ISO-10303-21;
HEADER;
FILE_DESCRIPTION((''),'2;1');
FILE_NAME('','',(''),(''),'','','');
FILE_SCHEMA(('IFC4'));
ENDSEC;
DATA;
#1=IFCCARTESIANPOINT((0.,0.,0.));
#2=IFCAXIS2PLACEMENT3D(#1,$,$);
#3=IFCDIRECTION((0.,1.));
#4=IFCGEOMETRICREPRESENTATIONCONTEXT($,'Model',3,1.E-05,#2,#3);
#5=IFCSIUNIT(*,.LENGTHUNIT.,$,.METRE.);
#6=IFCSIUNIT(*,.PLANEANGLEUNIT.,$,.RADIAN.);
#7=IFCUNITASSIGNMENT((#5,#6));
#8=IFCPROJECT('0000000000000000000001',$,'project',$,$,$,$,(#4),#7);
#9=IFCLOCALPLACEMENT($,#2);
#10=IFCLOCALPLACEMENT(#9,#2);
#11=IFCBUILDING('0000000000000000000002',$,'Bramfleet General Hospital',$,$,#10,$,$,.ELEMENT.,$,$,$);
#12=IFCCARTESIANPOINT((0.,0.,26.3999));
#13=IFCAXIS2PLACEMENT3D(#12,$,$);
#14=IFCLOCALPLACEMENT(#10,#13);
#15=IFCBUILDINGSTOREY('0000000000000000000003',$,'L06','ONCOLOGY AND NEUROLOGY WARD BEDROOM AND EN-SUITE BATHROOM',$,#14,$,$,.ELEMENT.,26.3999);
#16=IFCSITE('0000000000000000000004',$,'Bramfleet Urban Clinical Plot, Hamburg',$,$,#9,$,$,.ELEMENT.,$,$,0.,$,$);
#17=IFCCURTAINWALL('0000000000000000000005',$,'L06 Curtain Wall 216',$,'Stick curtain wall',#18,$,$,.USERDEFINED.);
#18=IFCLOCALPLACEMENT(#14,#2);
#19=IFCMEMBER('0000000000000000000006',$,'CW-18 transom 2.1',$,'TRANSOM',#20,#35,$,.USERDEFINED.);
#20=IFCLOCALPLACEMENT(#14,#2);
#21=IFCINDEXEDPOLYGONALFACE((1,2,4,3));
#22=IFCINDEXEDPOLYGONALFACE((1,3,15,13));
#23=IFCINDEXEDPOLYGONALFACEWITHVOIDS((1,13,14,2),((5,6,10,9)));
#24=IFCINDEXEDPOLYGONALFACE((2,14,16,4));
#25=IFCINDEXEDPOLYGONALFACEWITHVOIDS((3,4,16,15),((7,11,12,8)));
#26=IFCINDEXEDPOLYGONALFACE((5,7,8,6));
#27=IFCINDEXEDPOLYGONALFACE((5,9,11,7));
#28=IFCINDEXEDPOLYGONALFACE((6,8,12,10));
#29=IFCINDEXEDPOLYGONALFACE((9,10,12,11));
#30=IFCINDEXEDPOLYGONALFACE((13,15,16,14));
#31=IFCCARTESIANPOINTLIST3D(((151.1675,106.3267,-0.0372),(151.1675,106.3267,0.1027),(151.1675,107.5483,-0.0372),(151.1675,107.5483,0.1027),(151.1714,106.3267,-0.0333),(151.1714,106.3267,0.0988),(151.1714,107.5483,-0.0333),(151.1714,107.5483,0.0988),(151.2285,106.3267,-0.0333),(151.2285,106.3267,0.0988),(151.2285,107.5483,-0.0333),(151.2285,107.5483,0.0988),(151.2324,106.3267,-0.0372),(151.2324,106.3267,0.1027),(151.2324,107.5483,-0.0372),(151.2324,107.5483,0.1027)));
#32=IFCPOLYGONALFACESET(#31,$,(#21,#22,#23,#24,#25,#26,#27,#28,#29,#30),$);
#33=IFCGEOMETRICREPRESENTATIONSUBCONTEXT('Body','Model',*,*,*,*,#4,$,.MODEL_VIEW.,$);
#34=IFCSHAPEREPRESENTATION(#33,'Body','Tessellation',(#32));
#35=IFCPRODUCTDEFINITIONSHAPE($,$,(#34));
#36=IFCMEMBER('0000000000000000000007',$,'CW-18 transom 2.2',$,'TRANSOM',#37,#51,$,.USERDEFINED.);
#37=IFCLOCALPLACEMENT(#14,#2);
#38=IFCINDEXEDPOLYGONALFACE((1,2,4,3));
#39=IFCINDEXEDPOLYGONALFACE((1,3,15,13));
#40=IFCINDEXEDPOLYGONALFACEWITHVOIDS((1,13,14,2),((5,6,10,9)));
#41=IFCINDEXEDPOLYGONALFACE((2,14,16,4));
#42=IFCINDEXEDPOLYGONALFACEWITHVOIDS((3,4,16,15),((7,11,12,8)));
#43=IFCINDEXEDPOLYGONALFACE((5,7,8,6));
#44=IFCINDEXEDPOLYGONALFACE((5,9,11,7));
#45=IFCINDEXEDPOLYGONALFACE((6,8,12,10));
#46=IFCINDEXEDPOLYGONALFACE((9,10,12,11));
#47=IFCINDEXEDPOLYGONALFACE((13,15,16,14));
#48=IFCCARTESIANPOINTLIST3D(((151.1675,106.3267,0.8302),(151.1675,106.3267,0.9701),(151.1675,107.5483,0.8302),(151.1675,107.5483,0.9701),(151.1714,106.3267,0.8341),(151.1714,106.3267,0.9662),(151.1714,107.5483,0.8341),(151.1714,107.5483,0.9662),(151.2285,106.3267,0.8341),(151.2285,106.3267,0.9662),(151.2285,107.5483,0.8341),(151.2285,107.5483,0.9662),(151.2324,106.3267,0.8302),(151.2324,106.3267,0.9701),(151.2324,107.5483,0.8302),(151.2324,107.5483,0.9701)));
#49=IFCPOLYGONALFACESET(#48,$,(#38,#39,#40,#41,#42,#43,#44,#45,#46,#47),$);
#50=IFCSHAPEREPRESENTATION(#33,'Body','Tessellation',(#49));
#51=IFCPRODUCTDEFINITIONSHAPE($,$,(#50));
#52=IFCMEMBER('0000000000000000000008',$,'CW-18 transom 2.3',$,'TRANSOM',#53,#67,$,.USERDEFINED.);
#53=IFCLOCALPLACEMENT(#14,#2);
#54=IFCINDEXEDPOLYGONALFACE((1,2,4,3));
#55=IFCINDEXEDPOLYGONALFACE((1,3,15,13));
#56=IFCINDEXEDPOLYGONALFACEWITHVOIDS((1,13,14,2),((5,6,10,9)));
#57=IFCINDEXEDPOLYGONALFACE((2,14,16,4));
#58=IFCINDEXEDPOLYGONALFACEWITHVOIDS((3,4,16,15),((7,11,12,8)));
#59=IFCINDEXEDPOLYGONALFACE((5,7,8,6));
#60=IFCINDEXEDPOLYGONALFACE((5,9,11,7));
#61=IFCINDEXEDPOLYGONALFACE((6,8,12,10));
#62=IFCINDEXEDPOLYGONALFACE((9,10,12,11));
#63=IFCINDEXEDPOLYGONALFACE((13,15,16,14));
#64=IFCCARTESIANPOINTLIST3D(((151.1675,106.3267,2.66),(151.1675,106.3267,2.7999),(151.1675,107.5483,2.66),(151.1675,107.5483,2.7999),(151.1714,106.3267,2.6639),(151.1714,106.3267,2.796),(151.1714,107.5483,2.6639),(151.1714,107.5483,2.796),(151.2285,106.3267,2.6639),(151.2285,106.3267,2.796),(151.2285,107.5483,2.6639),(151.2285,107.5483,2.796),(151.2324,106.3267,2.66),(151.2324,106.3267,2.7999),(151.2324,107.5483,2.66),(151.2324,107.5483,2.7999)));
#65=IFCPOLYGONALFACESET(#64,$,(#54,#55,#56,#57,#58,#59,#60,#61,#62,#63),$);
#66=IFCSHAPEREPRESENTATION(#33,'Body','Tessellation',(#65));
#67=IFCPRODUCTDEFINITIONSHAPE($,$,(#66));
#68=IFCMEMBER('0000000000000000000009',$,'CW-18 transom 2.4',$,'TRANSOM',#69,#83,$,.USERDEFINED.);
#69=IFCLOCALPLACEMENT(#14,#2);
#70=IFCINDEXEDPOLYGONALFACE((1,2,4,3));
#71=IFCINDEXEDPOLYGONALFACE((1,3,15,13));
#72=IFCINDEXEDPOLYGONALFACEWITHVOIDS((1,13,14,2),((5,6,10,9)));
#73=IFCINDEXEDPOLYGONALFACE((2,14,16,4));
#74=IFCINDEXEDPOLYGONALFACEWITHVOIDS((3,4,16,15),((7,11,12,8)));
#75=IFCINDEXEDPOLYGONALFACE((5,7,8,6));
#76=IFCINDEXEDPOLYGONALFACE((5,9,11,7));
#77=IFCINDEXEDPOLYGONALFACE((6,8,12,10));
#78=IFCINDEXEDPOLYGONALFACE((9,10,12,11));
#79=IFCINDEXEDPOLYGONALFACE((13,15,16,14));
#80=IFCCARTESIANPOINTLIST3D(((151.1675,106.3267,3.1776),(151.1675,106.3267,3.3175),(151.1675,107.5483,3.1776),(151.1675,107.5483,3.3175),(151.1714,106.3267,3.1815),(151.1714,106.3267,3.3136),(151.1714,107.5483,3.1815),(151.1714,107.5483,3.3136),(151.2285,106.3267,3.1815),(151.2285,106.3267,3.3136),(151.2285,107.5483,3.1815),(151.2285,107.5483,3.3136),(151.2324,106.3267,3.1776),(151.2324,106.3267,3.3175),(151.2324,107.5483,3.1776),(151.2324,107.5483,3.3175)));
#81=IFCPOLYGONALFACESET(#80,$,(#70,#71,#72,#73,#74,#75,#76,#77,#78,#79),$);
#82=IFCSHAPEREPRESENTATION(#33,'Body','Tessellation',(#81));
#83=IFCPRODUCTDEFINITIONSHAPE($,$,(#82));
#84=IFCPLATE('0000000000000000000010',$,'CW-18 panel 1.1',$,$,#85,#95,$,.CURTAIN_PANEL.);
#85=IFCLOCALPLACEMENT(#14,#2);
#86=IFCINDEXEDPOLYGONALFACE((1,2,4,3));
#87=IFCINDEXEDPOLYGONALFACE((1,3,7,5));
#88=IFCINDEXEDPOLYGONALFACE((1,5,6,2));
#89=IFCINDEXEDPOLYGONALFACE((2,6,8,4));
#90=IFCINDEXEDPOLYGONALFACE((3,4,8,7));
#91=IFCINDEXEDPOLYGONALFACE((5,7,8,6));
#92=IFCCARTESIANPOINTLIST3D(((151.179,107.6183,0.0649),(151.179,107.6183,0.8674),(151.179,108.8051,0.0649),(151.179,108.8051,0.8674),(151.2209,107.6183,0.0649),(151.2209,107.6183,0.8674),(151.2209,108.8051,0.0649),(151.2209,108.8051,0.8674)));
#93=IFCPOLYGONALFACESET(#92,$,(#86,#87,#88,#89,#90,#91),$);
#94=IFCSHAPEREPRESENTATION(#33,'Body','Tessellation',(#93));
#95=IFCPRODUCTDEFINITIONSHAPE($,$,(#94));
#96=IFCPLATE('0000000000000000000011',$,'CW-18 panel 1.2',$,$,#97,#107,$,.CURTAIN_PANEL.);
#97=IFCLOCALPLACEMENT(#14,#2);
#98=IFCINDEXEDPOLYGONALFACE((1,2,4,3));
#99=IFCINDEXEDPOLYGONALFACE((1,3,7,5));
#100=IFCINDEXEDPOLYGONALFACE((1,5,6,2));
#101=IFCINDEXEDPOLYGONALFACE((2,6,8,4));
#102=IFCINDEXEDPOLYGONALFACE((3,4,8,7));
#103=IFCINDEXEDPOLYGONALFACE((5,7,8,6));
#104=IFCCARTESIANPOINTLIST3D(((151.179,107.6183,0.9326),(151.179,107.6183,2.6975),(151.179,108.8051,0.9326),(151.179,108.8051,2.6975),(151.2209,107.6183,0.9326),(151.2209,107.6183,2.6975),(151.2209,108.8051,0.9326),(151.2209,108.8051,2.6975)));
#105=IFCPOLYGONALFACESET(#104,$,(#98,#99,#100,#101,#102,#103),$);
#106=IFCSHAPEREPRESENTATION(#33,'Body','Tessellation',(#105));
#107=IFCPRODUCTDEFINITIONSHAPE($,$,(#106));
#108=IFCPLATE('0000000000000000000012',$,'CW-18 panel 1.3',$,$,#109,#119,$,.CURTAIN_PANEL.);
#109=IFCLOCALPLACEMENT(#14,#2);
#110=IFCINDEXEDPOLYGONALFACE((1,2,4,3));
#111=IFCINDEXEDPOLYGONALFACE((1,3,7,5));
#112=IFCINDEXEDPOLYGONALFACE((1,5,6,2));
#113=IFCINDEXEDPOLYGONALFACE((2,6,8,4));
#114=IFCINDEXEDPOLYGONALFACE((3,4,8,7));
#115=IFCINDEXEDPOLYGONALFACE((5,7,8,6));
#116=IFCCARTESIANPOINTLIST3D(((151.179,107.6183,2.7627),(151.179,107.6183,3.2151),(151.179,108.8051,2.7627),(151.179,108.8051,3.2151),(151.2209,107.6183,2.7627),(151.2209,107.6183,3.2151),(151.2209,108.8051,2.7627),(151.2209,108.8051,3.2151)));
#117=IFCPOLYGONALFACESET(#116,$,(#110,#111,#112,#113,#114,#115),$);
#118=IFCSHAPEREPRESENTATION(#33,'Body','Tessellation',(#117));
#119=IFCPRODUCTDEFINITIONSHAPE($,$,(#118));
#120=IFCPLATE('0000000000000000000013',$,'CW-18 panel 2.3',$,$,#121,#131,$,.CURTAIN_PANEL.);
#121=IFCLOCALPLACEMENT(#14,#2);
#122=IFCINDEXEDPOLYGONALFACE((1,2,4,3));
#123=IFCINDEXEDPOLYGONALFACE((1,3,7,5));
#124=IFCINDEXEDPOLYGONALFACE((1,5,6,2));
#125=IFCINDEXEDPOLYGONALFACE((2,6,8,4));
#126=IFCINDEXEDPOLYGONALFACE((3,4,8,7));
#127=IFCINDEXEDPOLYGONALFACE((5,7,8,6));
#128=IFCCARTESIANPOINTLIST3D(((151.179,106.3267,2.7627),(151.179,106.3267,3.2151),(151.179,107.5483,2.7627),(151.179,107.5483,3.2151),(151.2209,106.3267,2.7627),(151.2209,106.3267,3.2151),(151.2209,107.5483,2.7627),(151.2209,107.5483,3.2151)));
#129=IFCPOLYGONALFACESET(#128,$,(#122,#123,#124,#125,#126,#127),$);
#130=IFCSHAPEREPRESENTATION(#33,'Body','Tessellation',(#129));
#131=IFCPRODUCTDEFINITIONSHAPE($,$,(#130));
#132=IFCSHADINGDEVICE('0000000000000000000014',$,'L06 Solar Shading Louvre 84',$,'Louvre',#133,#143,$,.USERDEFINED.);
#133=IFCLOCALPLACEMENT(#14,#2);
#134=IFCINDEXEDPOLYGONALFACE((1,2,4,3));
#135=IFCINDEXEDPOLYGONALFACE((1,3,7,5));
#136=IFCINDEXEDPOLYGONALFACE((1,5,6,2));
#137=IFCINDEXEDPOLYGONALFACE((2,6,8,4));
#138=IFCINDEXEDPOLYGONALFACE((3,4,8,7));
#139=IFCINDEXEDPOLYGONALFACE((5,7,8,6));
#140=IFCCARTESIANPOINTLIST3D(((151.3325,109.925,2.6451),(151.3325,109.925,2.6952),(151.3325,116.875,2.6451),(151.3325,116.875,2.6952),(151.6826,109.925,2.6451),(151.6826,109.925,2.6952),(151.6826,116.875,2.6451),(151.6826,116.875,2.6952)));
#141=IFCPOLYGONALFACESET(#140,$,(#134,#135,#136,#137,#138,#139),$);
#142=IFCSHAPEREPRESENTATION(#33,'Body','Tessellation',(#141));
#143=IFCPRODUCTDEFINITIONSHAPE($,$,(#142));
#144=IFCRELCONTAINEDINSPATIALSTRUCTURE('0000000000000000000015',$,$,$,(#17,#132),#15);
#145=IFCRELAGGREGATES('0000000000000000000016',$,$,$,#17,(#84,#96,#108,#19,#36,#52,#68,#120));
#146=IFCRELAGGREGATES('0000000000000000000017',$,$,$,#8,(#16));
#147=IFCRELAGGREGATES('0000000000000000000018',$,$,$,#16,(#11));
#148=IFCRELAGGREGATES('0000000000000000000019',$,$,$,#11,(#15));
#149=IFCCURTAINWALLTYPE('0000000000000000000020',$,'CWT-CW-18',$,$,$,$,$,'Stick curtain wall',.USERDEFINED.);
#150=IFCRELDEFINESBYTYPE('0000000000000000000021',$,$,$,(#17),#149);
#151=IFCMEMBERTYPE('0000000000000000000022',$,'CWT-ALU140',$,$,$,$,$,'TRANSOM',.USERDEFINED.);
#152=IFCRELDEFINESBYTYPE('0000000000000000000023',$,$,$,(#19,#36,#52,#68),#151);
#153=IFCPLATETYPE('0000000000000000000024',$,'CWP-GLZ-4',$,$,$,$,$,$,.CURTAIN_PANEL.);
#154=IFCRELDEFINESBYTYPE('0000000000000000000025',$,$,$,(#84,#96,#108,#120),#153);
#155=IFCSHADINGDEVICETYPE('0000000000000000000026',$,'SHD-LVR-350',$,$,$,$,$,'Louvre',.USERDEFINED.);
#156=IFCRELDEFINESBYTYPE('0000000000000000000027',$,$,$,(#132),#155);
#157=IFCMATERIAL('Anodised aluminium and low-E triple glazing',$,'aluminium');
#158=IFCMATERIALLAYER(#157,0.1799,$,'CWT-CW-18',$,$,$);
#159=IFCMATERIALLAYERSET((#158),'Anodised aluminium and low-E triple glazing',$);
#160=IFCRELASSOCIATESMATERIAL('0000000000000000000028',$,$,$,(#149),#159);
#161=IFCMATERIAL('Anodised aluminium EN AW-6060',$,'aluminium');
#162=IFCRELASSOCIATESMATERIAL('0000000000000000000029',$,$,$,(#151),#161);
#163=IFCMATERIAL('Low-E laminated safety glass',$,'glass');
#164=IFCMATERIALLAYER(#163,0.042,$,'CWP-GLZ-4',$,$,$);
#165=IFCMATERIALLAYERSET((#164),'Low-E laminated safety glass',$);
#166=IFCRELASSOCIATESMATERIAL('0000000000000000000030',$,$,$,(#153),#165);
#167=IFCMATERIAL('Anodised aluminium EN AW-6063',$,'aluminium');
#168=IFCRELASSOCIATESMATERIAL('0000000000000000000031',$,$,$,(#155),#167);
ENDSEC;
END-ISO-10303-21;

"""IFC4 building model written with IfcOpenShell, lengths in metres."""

from ifc_helpers import new_model, si_unit, direction, frame, origin, origin_2d, place, context, subcontext, project, spatial, rectangle, hollow_rectangle, extrude, material, layer, layer_set, material_profile, profile_set, type_object, element, aggregate, save


model = new_model("IFC4")

# Units and contexts
model_context = context("Model", 3, precision=1e-05, world=origin(), true_north=direction((0.0, 1.0)))
body_context = subcontext(model_context, "Body", "Model", "MODEL_VIEW")
ifc_project = project(units=[si_unit("LENGTHUNIT", "METRE"), si_unit("PLANEANGLEUNIT", "RADIAN")], contexts=[model_context])

# Site, building, storey
site_placement = place(None, origin())
site = spatial("IfcSite", under=ifc_project, at=site_placement, Name="Bramfleet Urban Clinical Plot, Hamburg", CompositionType="ELEMENT", RefElevation=0.0)
building_placement = place(site_placement, origin())
building = spatial("IfcBuilding", under=site, at=building_placement, Name="Bramfleet General Hospital", CompositionType="ELEMENT")
storey_placement = place(building_placement, frame((0.0, 0.0, 26.3999)))
storey = spatial("IfcBuildingStorey", under=building, at=storey_placement, Name="L06", Description="ONCOLOGY AND NEUROLOGY WARD BEDROOM AND EN-SUITE BATHROOM", CompositionType="ELEMENT", Elevation=26.3999)

# Curtain wall, members, plates
ifc_material_1 = material(Name="Anodised aluminium and low-E triple glazing", Category="aluminium")
ifc_layer_1 = layer(ifc_material_1, 0.1799, Name="CWT-CW-18")
ifc_layer_set_1 = layer_set([ifc_layer_1], Name="Anodised aluminium and low-E triple glazing")
curtain_wall_type = type_object("IfcCurtainWallType", Name="CWT-CW-18", ElementType="Stick curtain wall", PredefinedType="USERDEFINED", material=ifc_layer_set_1)
curtain_wall_placement = place(storey_placement, origin())
curtain_wall = element("IfcCurtainWall", 1, at=curtain_wall_placement, inside=storey, type_object=curtain_wall_type, Name="L06 Curtain Wall 216", ObjectType="Stick curtain wall", PredefinedType="USERDEFINED")
ifc_material_2 = material(Name="Anodised aluminium EN AW-6060", Category="aluminium")
ifc_material_profile_1 = material_profile(ifc_material_2, hollow_rectangle(XDim=0.0649, YDim=0.1399, WallThickness=0.0039, at=origin_2d()), Name="ALU 140x65x4.0")
ifc_profile_set_1 = profile_set([ifc_material_profile_1], Name="Anodised aluminium EN AW-6060")
member_type_1 = type_object("IfcMemberType", Name="CWT-ALU140", ElementType="TRANSOM", PredefinedType="USERDEFINED", material=ifc_profile_set_1)
member_1_placement = place(storey_placement, frame((151.2, 107.5483, 0.0327), z_axis=(0.0, -1.0, 0.0), x_axis=(1.0, 0.0, 0.0)))
member_1 = element("IfcMember", 2, at=member_1_placement, type_object=member_type_1, Name="CW-18 transom 2.1", ObjectType="TRANSOM", PredefinedType="USERDEFINED", context=body_context, shape_type="SweptSolid", body=[
    extrude(hollow_rectangle(XDim=0.0649, YDim=0.1399, WallThickness=0.0039, at=origin_2d()), origin(), (0.0, 0.0, 1.0), 1.2217),
])
member_2_placement = place(storey_placement, frame((151.2, 107.5483, 0.9001), z_axis=(0.0, -1.0, 0.0), x_axis=(1.0, 0.0, 0.0)))
member_2 = element("IfcMember", 3, at=member_2_placement, type_object=member_type_1, Name="CW-18 transom 2.2", ObjectType="TRANSOM", PredefinedType="USERDEFINED", context=body_context, shape_type="SweptSolid", body=[
    extrude(hollow_rectangle(XDim=0.0649, YDim=0.1399, WallThickness=0.0039, at=origin_2d()), origin(), (0.0, 0.0, 1.0), 1.2217),
])
member_3_placement = place(storey_placement, frame((151.2, 107.5483, 2.73), z_axis=(0.0, -1.0, 0.0), x_axis=(1.0, 0.0, 0.0)))
member_3 = element("IfcMember", 4, at=member_3_placement, type_object=member_type_1, Name="CW-18 transom 2.3", ObjectType="TRANSOM", PredefinedType="USERDEFINED", context=body_context, shape_type="SweptSolid", body=[
    extrude(hollow_rectangle(XDim=0.0649, YDim=0.1399, WallThickness=0.0039, at=origin_2d()), origin(), (0.0, 0.0, 1.0), 1.2217),
])
member_4_placement = place(storey_placement, frame((151.2, 107.5483, 3.2476), z_axis=(0.0, -1.0, 0.0), x_axis=(1.0, 0.0, 0.0)))
member_4 = element("IfcMember", 5, at=member_4_placement, type_object=member_type_1, Name="CW-18 transom 2.4", ObjectType="TRANSOM", PredefinedType="USERDEFINED", context=body_context, shape_type="SweptSolid", body=[
    extrude(hollow_rectangle(XDim=0.0649, YDim=0.1399, WallThickness=0.0039, at=origin_2d()), origin(), (0.0, 0.0, 1.0), 1.2217),
])
ifc_material_3 = material(Name="Low-E laminated safety glass", Category="glass")
ifc_layer_2 = layer(ifc_material_3, 0.042, Name="CWP-GLZ-4")
ifc_layer_set_2 = layer_set([ifc_layer_2], Name="Low-E laminated safety glass")
plate_type = type_object("IfcPlateType", Name="CWP-GLZ-4", PredefinedType="CURTAIN_PANEL", material=ifc_layer_set_2)
plate_1_placement = place(storey_placement, frame((151.2, 108.2117, 0.0649), z_axis=(0.0, 0.0, 1.0), x_axis=(0.0, -1.0, 0.0)))
plate_1 = element("IfcPlate", 6, at=plate_1_placement, type_object=plate_type, Name="CW-18 panel 1.1", PredefinedType="CURTAIN_PANEL", context=body_context, shape_type="SweptSolid", body=[
    extrude(rectangle(XDim=1.1868, YDim=0.042, at=origin_2d()), origin(), (0.0, 0.0, 1.0), 0.8025),
])
plate_2_placement = place(storey_placement, frame((151.2, 108.2117, 0.9326), z_axis=(0.0, 0.0, 1.0), x_axis=(0.0, -1.0, 0.0)))
plate_2 = element("IfcPlate", 7, at=plate_2_placement, type_object=plate_type, Name="CW-18 panel 1.2", PredefinedType="CURTAIN_PANEL", context=body_context, shape_type="SweptSolid", body=[
    extrude(rectangle(XDim=1.1868, YDim=0.042, at=origin_2d()), origin(), (0.0, 0.0, 1.0), 1.7649),
])
plate_3_placement = place(storey_placement, frame((151.2, 108.2117, 2.7627), z_axis=(0.0, 0.0, 1.0), x_axis=(0.0, -1.0, 0.0)))
plate_3 = element("IfcPlate", 8, at=plate_3_placement, type_object=plate_type, Name="CW-18 panel 1.3", PredefinedType="CURTAIN_PANEL", context=body_context, shape_type="SweptSolid", body=[
    extrude(rectangle(XDim=1.1868, YDim=0.042, at=origin_2d()), origin(), (0.0, 0.0, 1.0), 0.4524),
])
plate_4_placement = place(storey_placement, frame((151.2, 106.9375, 2.7627), z_axis=(0.0, 0.0, 1.0), x_axis=(0.0, -1.0, 0.0)))
plate_4 = element("IfcPlate", 9, at=plate_4_placement, type_object=plate_type, Name="CW-18 panel 2.3", PredefinedType="CURTAIN_PANEL", context=body_context, shape_type="SweptSolid", body=[
    extrude(rectangle(XDim=1.2217, YDim=0.042, at=origin_2d()), origin(), (0.0, 0.0, 1.0), 0.4524),
])
aggregate(curtain_wall, [plate_1, plate_2, plate_3, member_1, member_2, member_3, member_4, plate_4])

# Shading device
ifc_material_4 = material(Name="Anodised aluminium EN AW-6063", Category="aluminium")
ifc_material_profile_2 = material_profile(ifc_material_4, rectangle(XDim=0.05, YDim=0.3501, at=origin_2d()), Name="ALU LOUVRE 350x50")
ifc_profile_set_2 = profile_set([ifc_material_profile_2], Name="Anodised aluminium EN AW-6063")
shading_device_type = type_object("IfcShadingDeviceType", Name="SHD-LVR-350", ElementType="Louvre", PredefinedType="USERDEFINED", material=ifc_profile_set_2)
shading_device_placement = place(storey_placement, frame((151.5076, 116.875, 2.6702), z_axis=(0.0, -1.0, 0.0), x_axis=(0.0, 0.0, 1.0)))
element("IfcShadingDevice", 10, at=shading_device_placement, inside=storey, type_object=shading_device_type, Name="L06 Solar Shading Louvre 84", ObjectType="Louvre", PredefinedType="USERDEFINED", context=body_context, shape_type="SweptSolid", body=[
    extrude(rectangle(XDim=0.05, YDim=0.3501, at=origin_2d()), origin(), (0.0, 0.0, 1.0), 6.95),
])

save(model, "model.ifc")
